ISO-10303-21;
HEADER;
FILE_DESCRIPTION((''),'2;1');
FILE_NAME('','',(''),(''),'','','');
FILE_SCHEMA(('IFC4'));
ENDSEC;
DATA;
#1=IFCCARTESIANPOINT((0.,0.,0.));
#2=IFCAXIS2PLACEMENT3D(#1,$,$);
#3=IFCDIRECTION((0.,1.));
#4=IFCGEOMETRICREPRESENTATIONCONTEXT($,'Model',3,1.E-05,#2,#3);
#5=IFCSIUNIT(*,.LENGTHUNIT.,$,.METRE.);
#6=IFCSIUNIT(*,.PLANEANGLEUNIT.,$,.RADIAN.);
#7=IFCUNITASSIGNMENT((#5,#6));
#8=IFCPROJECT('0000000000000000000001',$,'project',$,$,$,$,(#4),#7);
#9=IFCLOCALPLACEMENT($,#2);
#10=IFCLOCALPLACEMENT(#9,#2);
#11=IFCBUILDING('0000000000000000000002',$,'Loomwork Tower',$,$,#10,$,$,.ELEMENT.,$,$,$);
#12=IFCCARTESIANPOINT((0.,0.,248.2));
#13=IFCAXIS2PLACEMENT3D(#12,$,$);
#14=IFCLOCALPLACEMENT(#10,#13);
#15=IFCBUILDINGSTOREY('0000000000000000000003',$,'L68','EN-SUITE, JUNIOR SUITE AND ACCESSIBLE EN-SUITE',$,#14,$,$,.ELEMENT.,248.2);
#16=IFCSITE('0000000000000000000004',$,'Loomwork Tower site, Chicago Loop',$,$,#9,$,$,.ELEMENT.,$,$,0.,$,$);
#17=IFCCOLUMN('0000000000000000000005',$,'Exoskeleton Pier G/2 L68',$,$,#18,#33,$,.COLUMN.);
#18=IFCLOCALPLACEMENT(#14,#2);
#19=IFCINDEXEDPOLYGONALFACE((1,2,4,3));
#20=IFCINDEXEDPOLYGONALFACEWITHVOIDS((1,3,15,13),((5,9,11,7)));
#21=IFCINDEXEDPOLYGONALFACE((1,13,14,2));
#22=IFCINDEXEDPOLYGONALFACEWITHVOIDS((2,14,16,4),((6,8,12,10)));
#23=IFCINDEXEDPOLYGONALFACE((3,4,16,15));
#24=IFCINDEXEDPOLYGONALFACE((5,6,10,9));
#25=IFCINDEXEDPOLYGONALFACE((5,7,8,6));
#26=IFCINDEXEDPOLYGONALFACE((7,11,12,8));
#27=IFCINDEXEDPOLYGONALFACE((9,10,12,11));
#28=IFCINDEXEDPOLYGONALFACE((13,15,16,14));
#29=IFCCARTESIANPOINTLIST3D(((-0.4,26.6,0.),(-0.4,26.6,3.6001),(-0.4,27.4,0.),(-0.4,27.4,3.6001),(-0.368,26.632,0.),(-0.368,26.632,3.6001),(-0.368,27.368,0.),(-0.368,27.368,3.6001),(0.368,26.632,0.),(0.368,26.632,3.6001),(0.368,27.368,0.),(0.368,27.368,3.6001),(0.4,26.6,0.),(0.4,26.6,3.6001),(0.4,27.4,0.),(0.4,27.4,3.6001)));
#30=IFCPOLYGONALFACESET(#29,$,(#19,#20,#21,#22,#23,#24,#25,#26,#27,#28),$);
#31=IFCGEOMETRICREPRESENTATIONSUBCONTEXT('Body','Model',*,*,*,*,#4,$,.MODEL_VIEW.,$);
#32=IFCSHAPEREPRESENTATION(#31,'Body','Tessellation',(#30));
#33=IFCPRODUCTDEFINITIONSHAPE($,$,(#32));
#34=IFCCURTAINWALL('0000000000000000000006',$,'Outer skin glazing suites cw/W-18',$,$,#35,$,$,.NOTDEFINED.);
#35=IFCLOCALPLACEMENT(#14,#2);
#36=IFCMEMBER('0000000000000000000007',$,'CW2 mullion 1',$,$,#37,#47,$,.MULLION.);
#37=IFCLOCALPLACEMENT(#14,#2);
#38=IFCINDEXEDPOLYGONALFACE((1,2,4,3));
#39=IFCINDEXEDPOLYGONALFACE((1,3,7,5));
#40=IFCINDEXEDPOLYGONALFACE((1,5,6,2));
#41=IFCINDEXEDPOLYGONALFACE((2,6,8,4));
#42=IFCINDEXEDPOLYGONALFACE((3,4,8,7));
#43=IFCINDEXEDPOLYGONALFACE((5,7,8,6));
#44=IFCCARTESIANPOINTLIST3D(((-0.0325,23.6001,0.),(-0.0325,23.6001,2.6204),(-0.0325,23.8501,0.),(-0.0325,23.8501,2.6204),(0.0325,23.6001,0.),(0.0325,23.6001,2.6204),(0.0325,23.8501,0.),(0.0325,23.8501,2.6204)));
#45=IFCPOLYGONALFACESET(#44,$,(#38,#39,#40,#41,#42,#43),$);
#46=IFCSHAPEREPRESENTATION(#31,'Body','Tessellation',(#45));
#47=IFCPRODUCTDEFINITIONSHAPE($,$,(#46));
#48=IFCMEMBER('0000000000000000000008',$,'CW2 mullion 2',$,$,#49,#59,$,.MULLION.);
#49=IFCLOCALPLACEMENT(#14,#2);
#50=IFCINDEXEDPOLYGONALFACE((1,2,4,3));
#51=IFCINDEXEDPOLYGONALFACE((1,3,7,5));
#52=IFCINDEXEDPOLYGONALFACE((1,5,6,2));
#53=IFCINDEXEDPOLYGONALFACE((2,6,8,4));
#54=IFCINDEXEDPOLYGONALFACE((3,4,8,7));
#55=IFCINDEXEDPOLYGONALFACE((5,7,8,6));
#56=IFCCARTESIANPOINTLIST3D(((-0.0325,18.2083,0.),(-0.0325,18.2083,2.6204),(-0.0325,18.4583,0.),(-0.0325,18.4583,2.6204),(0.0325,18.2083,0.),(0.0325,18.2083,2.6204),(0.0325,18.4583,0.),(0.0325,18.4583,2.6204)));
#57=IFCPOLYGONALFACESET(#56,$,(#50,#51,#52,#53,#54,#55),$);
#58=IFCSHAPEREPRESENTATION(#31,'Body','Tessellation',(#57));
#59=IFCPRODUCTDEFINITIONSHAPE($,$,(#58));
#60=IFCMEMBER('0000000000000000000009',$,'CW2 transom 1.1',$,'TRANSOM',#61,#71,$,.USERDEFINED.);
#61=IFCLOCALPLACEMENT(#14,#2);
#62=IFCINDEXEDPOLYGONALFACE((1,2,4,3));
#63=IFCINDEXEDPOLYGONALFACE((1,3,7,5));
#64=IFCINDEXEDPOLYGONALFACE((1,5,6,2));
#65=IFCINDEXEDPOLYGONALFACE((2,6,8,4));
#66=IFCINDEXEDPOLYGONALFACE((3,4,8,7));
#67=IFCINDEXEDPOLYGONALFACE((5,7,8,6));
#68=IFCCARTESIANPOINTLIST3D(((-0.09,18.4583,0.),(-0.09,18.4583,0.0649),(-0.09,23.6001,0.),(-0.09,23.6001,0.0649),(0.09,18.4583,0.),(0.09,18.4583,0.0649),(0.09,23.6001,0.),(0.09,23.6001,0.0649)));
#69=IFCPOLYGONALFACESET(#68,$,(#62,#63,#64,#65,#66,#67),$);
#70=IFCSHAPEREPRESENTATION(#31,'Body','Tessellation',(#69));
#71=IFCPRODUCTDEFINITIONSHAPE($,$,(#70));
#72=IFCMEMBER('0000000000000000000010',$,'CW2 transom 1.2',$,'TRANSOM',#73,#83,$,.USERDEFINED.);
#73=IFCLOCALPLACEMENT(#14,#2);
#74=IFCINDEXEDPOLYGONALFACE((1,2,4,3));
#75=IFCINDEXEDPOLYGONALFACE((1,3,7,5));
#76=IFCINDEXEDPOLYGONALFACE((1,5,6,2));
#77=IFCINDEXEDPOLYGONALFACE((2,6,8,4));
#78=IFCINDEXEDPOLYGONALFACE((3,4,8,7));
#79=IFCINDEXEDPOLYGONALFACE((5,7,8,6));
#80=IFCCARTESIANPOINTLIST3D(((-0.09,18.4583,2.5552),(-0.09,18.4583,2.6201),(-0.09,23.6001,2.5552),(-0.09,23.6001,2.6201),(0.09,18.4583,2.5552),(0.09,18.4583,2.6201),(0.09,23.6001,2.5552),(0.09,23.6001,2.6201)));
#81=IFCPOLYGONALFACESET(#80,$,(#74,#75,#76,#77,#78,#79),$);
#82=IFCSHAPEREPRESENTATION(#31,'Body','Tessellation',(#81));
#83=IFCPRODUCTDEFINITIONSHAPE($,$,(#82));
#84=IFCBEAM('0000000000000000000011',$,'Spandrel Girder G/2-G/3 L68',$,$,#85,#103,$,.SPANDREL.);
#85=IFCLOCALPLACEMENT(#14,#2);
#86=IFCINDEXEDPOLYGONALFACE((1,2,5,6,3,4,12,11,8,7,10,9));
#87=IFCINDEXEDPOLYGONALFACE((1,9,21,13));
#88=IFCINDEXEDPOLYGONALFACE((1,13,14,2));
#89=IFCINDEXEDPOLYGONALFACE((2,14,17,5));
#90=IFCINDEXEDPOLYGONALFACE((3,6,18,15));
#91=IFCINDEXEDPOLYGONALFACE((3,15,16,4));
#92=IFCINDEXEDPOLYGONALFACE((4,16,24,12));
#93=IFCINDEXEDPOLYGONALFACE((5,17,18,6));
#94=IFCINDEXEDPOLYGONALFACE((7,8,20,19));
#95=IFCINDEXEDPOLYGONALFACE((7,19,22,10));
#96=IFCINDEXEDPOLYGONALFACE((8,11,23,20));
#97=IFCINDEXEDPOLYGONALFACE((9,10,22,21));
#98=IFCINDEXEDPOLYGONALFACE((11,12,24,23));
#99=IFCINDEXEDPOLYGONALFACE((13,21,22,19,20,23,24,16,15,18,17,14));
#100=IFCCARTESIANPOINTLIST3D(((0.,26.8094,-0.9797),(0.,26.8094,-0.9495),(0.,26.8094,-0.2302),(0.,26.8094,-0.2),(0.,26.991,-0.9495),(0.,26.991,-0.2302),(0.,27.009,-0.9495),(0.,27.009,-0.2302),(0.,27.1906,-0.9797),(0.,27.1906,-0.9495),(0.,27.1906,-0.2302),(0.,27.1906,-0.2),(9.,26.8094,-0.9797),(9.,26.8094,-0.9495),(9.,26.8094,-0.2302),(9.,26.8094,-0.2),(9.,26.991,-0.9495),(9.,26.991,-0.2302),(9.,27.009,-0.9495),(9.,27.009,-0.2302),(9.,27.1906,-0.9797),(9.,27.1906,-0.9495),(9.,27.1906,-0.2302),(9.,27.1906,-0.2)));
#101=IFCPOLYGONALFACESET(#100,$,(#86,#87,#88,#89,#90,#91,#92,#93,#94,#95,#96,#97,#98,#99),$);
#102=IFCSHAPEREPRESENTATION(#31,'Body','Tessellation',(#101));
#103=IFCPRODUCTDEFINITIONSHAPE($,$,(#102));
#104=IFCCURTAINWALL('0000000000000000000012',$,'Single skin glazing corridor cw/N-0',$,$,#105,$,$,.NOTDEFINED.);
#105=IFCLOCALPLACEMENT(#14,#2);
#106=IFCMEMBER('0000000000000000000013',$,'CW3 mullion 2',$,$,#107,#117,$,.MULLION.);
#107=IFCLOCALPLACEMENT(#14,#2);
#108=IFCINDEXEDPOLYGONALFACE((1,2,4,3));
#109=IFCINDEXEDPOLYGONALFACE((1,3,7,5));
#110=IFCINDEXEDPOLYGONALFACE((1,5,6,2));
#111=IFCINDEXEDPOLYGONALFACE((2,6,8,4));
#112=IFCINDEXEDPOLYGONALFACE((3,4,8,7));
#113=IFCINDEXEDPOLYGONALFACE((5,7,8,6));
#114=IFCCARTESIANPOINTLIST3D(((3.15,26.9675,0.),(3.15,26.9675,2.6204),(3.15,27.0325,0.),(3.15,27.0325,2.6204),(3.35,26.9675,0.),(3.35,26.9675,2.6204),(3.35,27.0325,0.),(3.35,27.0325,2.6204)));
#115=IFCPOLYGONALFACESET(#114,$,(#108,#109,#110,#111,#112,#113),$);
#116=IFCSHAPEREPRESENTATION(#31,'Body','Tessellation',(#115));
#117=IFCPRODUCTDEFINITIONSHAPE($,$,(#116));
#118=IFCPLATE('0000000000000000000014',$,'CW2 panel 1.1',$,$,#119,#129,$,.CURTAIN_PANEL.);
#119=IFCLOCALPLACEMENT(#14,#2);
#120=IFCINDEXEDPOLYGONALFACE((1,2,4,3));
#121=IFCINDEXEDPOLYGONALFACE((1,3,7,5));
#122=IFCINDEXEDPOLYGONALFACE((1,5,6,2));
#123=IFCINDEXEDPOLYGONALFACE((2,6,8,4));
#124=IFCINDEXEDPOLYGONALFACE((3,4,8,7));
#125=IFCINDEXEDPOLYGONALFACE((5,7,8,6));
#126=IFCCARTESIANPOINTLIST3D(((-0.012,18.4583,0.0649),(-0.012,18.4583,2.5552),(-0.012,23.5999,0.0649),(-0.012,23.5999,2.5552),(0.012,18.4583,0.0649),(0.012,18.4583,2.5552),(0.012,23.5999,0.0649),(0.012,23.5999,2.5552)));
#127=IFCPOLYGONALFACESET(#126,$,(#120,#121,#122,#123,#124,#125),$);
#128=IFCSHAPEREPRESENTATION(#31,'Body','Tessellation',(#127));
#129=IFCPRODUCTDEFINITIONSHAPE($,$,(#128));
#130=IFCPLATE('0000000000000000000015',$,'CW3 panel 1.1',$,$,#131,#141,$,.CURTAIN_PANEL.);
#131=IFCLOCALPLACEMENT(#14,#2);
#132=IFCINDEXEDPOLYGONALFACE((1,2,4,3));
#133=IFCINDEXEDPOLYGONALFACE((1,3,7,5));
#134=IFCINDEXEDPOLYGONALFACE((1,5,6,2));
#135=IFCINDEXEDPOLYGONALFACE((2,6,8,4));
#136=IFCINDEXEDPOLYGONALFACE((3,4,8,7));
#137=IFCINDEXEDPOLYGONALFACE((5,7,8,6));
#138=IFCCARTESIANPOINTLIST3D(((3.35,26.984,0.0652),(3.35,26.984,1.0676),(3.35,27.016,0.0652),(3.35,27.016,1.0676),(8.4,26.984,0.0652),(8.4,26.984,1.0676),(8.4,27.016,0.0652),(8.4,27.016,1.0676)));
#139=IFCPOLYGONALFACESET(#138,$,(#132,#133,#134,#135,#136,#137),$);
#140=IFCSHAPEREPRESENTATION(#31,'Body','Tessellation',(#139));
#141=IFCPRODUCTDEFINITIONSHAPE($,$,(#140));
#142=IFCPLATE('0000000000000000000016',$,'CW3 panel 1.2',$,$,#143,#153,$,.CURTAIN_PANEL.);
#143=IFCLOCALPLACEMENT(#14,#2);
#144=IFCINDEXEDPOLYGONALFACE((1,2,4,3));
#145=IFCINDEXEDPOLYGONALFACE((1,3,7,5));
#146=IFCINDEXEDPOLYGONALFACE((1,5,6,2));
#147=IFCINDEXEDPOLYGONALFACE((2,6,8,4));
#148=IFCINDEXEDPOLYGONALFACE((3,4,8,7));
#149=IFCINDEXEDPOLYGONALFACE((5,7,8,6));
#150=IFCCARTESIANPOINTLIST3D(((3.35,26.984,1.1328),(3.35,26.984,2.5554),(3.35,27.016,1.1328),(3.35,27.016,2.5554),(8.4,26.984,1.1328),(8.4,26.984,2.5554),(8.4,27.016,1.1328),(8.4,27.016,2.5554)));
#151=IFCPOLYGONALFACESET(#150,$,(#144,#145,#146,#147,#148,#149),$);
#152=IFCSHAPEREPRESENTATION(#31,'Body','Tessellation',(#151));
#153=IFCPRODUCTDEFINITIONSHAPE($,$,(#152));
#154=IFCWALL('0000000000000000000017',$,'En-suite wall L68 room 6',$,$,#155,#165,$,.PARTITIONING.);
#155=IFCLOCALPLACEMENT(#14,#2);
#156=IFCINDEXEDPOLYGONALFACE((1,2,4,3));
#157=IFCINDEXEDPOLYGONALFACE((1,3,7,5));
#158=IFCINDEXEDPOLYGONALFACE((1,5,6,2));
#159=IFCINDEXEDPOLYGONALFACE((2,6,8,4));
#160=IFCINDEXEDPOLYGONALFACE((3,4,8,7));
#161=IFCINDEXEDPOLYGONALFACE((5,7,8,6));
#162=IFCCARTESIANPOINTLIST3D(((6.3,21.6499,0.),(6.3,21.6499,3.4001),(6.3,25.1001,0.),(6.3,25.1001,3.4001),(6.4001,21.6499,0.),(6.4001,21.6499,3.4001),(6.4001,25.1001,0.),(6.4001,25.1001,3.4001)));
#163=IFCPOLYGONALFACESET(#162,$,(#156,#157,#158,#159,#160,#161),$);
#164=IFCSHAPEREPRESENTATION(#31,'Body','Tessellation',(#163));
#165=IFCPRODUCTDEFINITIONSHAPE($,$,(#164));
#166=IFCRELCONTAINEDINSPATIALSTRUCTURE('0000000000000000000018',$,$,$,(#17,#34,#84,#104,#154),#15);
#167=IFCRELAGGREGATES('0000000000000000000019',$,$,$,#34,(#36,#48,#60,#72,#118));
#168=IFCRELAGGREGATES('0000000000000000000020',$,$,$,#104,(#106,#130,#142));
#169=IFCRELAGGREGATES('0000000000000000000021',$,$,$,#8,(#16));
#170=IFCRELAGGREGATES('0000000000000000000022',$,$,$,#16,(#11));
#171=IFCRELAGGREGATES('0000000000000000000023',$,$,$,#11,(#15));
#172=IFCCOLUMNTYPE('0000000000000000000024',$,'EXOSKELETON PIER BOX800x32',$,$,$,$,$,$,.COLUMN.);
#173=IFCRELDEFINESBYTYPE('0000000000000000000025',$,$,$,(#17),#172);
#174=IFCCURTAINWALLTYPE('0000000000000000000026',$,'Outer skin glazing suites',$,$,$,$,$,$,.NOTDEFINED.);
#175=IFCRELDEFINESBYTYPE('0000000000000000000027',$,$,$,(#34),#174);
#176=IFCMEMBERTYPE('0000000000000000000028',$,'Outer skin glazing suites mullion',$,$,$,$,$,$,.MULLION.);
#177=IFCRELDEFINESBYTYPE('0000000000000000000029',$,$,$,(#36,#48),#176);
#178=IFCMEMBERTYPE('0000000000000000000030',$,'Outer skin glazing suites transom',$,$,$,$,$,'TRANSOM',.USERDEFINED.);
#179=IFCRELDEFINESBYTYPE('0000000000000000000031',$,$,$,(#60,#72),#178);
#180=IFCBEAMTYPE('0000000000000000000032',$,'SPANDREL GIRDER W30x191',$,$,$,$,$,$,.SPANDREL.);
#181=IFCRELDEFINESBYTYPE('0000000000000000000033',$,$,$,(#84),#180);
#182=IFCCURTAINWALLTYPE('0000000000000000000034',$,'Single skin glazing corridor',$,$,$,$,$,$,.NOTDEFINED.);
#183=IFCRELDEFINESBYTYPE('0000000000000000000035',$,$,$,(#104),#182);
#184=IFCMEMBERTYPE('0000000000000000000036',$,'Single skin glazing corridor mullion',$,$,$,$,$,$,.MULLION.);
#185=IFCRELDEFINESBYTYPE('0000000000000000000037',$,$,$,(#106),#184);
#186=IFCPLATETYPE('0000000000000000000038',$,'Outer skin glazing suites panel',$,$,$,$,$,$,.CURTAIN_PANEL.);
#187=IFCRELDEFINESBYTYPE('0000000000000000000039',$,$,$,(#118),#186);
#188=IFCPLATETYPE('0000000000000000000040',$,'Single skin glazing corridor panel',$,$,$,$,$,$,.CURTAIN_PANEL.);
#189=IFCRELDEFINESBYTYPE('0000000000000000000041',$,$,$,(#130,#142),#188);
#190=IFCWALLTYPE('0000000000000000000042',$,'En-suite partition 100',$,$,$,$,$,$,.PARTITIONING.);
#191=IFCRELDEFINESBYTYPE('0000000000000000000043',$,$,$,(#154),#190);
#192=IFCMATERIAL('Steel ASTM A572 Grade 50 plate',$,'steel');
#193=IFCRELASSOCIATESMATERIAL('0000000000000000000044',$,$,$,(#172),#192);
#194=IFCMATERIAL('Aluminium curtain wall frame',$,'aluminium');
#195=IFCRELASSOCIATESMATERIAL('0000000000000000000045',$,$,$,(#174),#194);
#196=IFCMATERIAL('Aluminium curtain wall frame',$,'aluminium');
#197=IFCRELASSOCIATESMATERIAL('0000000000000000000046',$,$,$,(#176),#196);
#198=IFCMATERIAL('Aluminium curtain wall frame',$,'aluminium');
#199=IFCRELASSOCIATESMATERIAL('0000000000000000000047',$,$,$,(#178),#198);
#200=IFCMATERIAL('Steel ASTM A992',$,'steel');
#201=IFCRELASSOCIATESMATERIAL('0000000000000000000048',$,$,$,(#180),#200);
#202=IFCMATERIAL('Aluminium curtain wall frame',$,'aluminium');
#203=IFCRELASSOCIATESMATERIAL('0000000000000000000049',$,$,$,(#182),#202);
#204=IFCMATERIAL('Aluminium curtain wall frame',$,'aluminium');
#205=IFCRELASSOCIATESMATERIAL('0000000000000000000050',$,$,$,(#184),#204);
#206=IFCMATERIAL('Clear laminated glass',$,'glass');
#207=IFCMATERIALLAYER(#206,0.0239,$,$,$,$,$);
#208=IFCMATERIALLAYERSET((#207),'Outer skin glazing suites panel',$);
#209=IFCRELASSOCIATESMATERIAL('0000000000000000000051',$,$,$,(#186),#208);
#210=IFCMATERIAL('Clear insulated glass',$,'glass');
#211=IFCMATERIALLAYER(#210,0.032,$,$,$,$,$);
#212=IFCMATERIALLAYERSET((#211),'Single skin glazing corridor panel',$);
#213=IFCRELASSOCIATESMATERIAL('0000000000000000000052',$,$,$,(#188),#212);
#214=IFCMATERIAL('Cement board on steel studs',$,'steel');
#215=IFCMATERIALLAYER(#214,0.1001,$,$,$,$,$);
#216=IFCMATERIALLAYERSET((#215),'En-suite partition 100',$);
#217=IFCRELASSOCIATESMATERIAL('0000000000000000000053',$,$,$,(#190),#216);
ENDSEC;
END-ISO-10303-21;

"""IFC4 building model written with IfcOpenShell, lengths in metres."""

from ifc_helpers import new_model, si_unit, direction, frame, frame_2d, origin, origin_2d, place, context, subcontext, project, spatial, rectangle, hollow_rectangle, i_section, extrude, material, layer, layer_set, material_profile, profile_set, type_object, element, aggregate, save


model = new_model("IFC4")

# Units and contexts
model_context = context("Model", 3, precision=1e-05, world=origin(), true_north=direction((0.0, 1.0)))
body_context = subcontext(model_context, "Body", "Model", "MODEL_VIEW")
ifc_project = project(units=[si_unit("LENGTHUNIT", "METRE"), si_unit("PLANEANGLEUNIT", "RADIAN")], contexts=[model_context])

# Site, building, storey
site_placement = place(None, origin())
site = spatial("IfcSite", under=ifc_project, at=site_placement, Name="Loomwork Tower site, Chicago Loop", CompositionType="ELEMENT", RefElevation=0.0)
building_placement = place(site_placement, origin())
building = spatial("IfcBuilding", under=site, at=building_placement, Name="Loomwork Tower", CompositionType="ELEMENT")
storey_placement = place(building_placement, frame((0.0, 0.0, 248.2)))
storey = spatial("IfcBuildingStorey", under=building, at=storey_placement, Name="L68", Description="EN-SUITE, JUNIOR SUITE AND ACCESSIBLE EN-SUITE", CompositionType="ELEMENT", Elevation=248.2)

# Column
ifc_material_1 = material(Name="Steel ASTM A572 Grade 50 plate", Category="steel")
ifc_material_profile_1 = material_profile(ifc_material_1, hollow_rectangle(XDim=0.8, YDim=0.8, WallThickness=0.032, at=origin_2d()), Name="BOX800x32")
ifc_profile_set_1 = profile_set([ifc_material_profile_1], Name="Steel ASTM A572 Grade 50 plate")
column_type = type_object("IfcColumnType", Name="EXOSKELETON PIER BOX800x32", PredefinedType="COLUMN", material=ifc_profile_set_1)
column_placement = place(storey_placement, frame((0.0, 27.0, 0.0), z_axis=(0.0, 0.0, 1.0), x_axis=(0.0, 1.0, 0.0)))
element("IfcColumn", 1, at=column_placement, inside=storey, type_object=column_type, Name="Exoskeleton Pier G/2 L68", PredefinedType="COLUMN", context=body_context, shape_type="SweptSolid", body=[
    extrude(hollow_rectangle(XDim=0.8, YDim=0.8, WallThickness=0.032, at=origin_2d()), origin(), (0.0, 0.0, 1.0), 3.6001),
])

# Curtain wall, members
ifc_material_2 = material(Name="Aluminium curtain wall frame", Category="aluminium")
curtain_wall_type_1 = type_object("IfcCurtainWallType", Name="Outer skin glazing suites", PredefinedType="NOTDEFINED", material=ifc_material_2)
curtain_wall_1_placement = place(storey_placement, origin())
curtain_wall_1 = element("IfcCurtainWall", 2, at=curtain_wall_1_placement, inside=storey, type_object=curtain_wall_type_1, Name="Outer skin glazing suites cw/W-18", PredefinedType="NOTDEFINED")
ifc_material_3 = material(Name="Aluminium curtain wall frame", Category="aluminium")
ifc_material_profile_2 = material_profile(ifc_material_3, rectangle(XDim=0.0649, YDim=0.25, at=origin_2d()), Name="AL 65x250")
ifc_profile_set_2 = profile_set([ifc_material_profile_2], Name="Aluminium curtain wall frame")
member_type_1 = type_object("IfcMemberType", Name="Outer skin glazing suites mullion", PredefinedType="MULLION", material=ifc_profile_set_2)
member_1_placement = place(storey_placement, frame((0.0, 23.7251, 0.0), z_axis=(0.0, 0.0, 1.0), x_axis=(1.0, 0.0, 0.0)))
member_1 = element("IfcMember", 3, at=member_1_placement, type_object=member_type_1, Name="CW2 mullion 1", PredefinedType="MULLION", context=body_context, shape_type="SweptSolid", body=[
    extrude(rectangle(XDim=0.0649, YDim=0.25, at=origin_2d()), origin(), (0.0, 0.0, 1.0), 2.6204),
])
member_2_placement = place(storey_placement, frame((0.0, 18.3333, 0.0), z_axis=(0.0, 0.0, 1.0), x_axis=(1.0, 0.0, 0.0)))
member_2 = element("IfcMember", 4, at=member_2_placement, type_object=member_type_1, Name="CW2 mullion 2", PredefinedType="MULLION", context=body_context, shape_type="SweptSolid", body=[
    extrude(rectangle(XDim=0.0649, YDim=0.25, at=origin_2d()), origin(), (0.0, 0.0, 1.0), 2.6204),
])
ifc_material_4 = material(Name="Aluminium curtain wall frame", Category="aluminium")
ifc_material_profile_3 = material_profile(ifc_material_4, rectangle(XDim=0.1799, YDim=0.0649, at=origin_2d()), Name="AL 65x180")
ifc_profile_set_3 = profile_set([ifc_material_profile_3], Name="Aluminium curtain wall frame")
member_type_2 = type_object("IfcMemberType", Name="Outer skin glazing suites transom", ElementType="TRANSOM", PredefinedType="USERDEFINED", material=ifc_profile_set_3)
member_3_placement = place(storey_placement, frame((0.0, 23.6001, 0.0325), z_axis=(0.0, -1.0, 0.0), x_axis=(1.0, 0.0, 0.0)))
member_3 = element("IfcMember", 5, at=member_3_placement, type_object=member_type_2, Name="CW2 transom 1.1", ObjectType="TRANSOM", PredefinedType="USERDEFINED", context=body_context, shape_type="SweptSolid", body=[
    extrude(rectangle(XDim=0.1799, YDim=0.0649, at=origin_2d()), origin(), (0.0, 0.0, 1.0), 5.1418),
])
member_4_placement = place(storey_placement, frame((0.0, 23.6001, 2.5876), z_axis=(0.0, -1.0, 0.0), x_axis=(1.0, 0.0, 0.0)))
member_4 = element("IfcMember", 6, at=member_4_placement, type_object=member_type_2, Name="CW2 transom 1.2", ObjectType="TRANSOM", PredefinedType="USERDEFINED", context=body_context, shape_type="SweptSolid", body=[
    extrude(rectangle(XDim=0.1799, YDim=0.0649, at=origin_2d()), origin(), (0.0, 0.0, 1.0), 5.1418),
])

# Beam
ifc_material_5 = material(Name="Steel ASTM A992", Category="steel")
ifc_material_profile_4 = material_profile(ifc_material_5, i_section(OverallWidth=0.3811, OverallDepth=0.7798, WebThickness=0.0181, FlangeThickness=0.0303, at=origin_2d()), Name="W30x191")
ifc_profile_set_4 = profile_set([ifc_material_profile_4], Name="Steel ASTM A992")
beam_type = type_object("IfcBeamType", Name="SPANDREL GIRDER W30x191", PredefinedType="SPANDREL", material=ifc_profile_set_4)
beam_placement = place(storey_placement, frame((0.0, 27.0, -0.5898), z_axis=(1.0, 0.0, 0.0), x_axis=(0.0, 1.0, 0.0)))
element("IfcBeam", 7, at=beam_placement, inside=storey, type_object=beam_type, Name="Spandrel Girder G/2-G/3 L68", PredefinedType="SPANDREL", context=body_context, shape_type="SweptSolid", body=[
    extrude(i_section(OverallWidth=0.3811, OverallDepth=0.7798, WebThickness=0.0181, FlangeThickness=0.0303, at=origin_2d()), origin(), (0.0, 0.0, 1.0), 9.0),
])

# Curtain wall, member
ifc_material_6 = material(Name="Aluminium curtain wall frame", Category="aluminium")
curtain_wall_type_2 = type_object("IfcCurtainWallType", Name="Single skin glazing corridor", PredefinedType="NOTDEFINED", material=ifc_material_6)
curtain_wall_2_placement = place(storey_placement, origin())
curtain_wall_2 = element("IfcCurtainWall", 8, at=curtain_wall_2_placement, inside=storey, type_object=curtain_wall_type_2, Name="Single skin glazing corridor cw/N-0", PredefinedType="NOTDEFINED")
ifc_material_7 = material(Name="Aluminium curtain wall frame", Category="aluminium")
ifc_material_profile_5 = material_profile(ifc_material_7, rectangle(XDim=0.0649, YDim=0.2, at=origin_2d()), Name="AL 65x200")
ifc_profile_set_5 = profile_set([ifc_material_profile_5], Name="Aluminium curtain wall frame")
member_type_3 = type_object("IfcMemberType", Name="Single skin glazing corridor mullion", PredefinedType="MULLION", material=ifc_profile_set_5)
member_5_placement = place(storey_placement, frame((3.25, 27.0, 0.0), z_axis=(0.0, 0.0, 1.0), x_axis=(0.0, -1.0, 0.0)))
member_5 = element("IfcMember", 9, at=member_5_placement, type_object=member_type_3, Name="CW3 mullion 2", PredefinedType="MULLION", context=body_context, shape_type="SweptSolid", body=[
    extrude(rectangle(XDim=0.0649, YDim=0.2, at=origin_2d()), origin(), (0.0, 0.0, 1.0), 2.6204),
])

# Plates
ifc_material_8 = material(Name="Clear laminated glass", Category="glass")
ifc_layer_1 = layer(ifc_material_8, 0.0239)
ifc_layer_set_1 = layer_set([ifc_layer_1], Name="Outer skin glazing suites panel")
plate_type_1 = type_object("IfcPlateType", Name="Outer skin glazing suites panel", PredefinedType="CURTAIN_PANEL", material=ifc_layer_set_1)
plate_1_placement = place(storey_placement, frame((0.0, 21.0291, 0.0649), z_axis=(0.0, 0.0, 1.0), x_axis=(0.0, -1.0, 0.0)))
plate_1 = element("IfcPlate", 10, at=plate_1_placement, type_object=plate_type_1, Name="CW2 panel 1.1", PredefinedType="CURTAIN_PANEL", context=body_context, shape_type="SweptSolid", body=[
    extrude(rectangle(XDim=5.1416, YDim=0.0239, at=origin_2d()), origin(), (0.0, 0.0, 1.0), 2.4902),
])
aggregate(curtain_wall_1, [member_1, member_2, member_3, member_4, plate_1])
ifc_material_9 = material(Name="Clear insulated glass", Category="glass")
ifc_layer_2 = layer(ifc_material_9, 0.032)
ifc_layer_set_2 = layer_set([ifc_layer_2], Name="Single skin glazing corridor panel")
plate_type_2 = type_object("IfcPlateType", Name="Single skin glazing corridor panel", PredefinedType="CURTAIN_PANEL", material=ifc_layer_set_2)
plate_2_placement = place(storey_placement, frame((5.875, 27.0, 0.0652), z_axis=(0.0, 0.0, 1.0), x_axis=(-1.0, 0.0, 0.0)))
plate_2 = element("IfcPlate", 11, at=plate_2_placement, type_object=plate_type_2, Name="CW3 panel 1.1", PredefinedType="CURTAIN_PANEL", context=body_context, shape_type="SweptSolid", body=[
    extrude(rectangle(XDim=5.05, YDim=0.032, at=origin_2d()), origin(), (0.0, 0.0, 1.0), 1.0024),
])
plate_3_placement = place(storey_placement, frame((5.875, 27.0, 1.1328), z_axis=(0.0, 0.0, 1.0), x_axis=(-1.0, 0.0, 0.0)))
plate_3 = element("IfcPlate", 12, at=plate_3_placement, type_object=plate_type_2, Name="CW3 panel 1.2", PredefinedType="CURTAIN_PANEL", context=body_context, shape_type="SweptSolid", body=[
    extrude(rectangle(XDim=5.05, YDim=0.032, at=origin_2d()), origin(), (0.0, 0.0, 1.0), 1.4226),
])
aggregate(curtain_wall_2, [member_5, plate_2, plate_3])

# Wall
ifc_material_10 = material(Name="Cement board on steel studs", Category="steel")
ifc_layer_3 = layer(ifc_material_10, 0.1001)
ifc_layer_set_3 = layer_set([ifc_layer_3], Name="En-suite partition 100")
wall_type_1 = type_object("IfcWallType", Name="En-suite partition 100", PredefinedType="PARTITIONING", material=ifc_layer_set_3)
wall_1_placement = place(storey_placement, frame((6.3501, 21.6499, 0.0), z_axis=(0.0, 0.0, 1.0), x_axis=(0.0, 1.0, 0.0)))
element("IfcWall", 13, at=wall_1_placement, inside=storey, type_object=wall_type_1, Name="En-suite wall L68 room 6", PredefinedType="PARTITIONING", context=body_context, shape_type="SweptSolid", body=[
    extrude(rectangle(XDim=3.4502, YDim=0.1001, at=frame_2d((1.7251, 0.0))), origin(), (0.0, 0.0, 1.0), 3.4001),
])

save(model, "model.ifc")
